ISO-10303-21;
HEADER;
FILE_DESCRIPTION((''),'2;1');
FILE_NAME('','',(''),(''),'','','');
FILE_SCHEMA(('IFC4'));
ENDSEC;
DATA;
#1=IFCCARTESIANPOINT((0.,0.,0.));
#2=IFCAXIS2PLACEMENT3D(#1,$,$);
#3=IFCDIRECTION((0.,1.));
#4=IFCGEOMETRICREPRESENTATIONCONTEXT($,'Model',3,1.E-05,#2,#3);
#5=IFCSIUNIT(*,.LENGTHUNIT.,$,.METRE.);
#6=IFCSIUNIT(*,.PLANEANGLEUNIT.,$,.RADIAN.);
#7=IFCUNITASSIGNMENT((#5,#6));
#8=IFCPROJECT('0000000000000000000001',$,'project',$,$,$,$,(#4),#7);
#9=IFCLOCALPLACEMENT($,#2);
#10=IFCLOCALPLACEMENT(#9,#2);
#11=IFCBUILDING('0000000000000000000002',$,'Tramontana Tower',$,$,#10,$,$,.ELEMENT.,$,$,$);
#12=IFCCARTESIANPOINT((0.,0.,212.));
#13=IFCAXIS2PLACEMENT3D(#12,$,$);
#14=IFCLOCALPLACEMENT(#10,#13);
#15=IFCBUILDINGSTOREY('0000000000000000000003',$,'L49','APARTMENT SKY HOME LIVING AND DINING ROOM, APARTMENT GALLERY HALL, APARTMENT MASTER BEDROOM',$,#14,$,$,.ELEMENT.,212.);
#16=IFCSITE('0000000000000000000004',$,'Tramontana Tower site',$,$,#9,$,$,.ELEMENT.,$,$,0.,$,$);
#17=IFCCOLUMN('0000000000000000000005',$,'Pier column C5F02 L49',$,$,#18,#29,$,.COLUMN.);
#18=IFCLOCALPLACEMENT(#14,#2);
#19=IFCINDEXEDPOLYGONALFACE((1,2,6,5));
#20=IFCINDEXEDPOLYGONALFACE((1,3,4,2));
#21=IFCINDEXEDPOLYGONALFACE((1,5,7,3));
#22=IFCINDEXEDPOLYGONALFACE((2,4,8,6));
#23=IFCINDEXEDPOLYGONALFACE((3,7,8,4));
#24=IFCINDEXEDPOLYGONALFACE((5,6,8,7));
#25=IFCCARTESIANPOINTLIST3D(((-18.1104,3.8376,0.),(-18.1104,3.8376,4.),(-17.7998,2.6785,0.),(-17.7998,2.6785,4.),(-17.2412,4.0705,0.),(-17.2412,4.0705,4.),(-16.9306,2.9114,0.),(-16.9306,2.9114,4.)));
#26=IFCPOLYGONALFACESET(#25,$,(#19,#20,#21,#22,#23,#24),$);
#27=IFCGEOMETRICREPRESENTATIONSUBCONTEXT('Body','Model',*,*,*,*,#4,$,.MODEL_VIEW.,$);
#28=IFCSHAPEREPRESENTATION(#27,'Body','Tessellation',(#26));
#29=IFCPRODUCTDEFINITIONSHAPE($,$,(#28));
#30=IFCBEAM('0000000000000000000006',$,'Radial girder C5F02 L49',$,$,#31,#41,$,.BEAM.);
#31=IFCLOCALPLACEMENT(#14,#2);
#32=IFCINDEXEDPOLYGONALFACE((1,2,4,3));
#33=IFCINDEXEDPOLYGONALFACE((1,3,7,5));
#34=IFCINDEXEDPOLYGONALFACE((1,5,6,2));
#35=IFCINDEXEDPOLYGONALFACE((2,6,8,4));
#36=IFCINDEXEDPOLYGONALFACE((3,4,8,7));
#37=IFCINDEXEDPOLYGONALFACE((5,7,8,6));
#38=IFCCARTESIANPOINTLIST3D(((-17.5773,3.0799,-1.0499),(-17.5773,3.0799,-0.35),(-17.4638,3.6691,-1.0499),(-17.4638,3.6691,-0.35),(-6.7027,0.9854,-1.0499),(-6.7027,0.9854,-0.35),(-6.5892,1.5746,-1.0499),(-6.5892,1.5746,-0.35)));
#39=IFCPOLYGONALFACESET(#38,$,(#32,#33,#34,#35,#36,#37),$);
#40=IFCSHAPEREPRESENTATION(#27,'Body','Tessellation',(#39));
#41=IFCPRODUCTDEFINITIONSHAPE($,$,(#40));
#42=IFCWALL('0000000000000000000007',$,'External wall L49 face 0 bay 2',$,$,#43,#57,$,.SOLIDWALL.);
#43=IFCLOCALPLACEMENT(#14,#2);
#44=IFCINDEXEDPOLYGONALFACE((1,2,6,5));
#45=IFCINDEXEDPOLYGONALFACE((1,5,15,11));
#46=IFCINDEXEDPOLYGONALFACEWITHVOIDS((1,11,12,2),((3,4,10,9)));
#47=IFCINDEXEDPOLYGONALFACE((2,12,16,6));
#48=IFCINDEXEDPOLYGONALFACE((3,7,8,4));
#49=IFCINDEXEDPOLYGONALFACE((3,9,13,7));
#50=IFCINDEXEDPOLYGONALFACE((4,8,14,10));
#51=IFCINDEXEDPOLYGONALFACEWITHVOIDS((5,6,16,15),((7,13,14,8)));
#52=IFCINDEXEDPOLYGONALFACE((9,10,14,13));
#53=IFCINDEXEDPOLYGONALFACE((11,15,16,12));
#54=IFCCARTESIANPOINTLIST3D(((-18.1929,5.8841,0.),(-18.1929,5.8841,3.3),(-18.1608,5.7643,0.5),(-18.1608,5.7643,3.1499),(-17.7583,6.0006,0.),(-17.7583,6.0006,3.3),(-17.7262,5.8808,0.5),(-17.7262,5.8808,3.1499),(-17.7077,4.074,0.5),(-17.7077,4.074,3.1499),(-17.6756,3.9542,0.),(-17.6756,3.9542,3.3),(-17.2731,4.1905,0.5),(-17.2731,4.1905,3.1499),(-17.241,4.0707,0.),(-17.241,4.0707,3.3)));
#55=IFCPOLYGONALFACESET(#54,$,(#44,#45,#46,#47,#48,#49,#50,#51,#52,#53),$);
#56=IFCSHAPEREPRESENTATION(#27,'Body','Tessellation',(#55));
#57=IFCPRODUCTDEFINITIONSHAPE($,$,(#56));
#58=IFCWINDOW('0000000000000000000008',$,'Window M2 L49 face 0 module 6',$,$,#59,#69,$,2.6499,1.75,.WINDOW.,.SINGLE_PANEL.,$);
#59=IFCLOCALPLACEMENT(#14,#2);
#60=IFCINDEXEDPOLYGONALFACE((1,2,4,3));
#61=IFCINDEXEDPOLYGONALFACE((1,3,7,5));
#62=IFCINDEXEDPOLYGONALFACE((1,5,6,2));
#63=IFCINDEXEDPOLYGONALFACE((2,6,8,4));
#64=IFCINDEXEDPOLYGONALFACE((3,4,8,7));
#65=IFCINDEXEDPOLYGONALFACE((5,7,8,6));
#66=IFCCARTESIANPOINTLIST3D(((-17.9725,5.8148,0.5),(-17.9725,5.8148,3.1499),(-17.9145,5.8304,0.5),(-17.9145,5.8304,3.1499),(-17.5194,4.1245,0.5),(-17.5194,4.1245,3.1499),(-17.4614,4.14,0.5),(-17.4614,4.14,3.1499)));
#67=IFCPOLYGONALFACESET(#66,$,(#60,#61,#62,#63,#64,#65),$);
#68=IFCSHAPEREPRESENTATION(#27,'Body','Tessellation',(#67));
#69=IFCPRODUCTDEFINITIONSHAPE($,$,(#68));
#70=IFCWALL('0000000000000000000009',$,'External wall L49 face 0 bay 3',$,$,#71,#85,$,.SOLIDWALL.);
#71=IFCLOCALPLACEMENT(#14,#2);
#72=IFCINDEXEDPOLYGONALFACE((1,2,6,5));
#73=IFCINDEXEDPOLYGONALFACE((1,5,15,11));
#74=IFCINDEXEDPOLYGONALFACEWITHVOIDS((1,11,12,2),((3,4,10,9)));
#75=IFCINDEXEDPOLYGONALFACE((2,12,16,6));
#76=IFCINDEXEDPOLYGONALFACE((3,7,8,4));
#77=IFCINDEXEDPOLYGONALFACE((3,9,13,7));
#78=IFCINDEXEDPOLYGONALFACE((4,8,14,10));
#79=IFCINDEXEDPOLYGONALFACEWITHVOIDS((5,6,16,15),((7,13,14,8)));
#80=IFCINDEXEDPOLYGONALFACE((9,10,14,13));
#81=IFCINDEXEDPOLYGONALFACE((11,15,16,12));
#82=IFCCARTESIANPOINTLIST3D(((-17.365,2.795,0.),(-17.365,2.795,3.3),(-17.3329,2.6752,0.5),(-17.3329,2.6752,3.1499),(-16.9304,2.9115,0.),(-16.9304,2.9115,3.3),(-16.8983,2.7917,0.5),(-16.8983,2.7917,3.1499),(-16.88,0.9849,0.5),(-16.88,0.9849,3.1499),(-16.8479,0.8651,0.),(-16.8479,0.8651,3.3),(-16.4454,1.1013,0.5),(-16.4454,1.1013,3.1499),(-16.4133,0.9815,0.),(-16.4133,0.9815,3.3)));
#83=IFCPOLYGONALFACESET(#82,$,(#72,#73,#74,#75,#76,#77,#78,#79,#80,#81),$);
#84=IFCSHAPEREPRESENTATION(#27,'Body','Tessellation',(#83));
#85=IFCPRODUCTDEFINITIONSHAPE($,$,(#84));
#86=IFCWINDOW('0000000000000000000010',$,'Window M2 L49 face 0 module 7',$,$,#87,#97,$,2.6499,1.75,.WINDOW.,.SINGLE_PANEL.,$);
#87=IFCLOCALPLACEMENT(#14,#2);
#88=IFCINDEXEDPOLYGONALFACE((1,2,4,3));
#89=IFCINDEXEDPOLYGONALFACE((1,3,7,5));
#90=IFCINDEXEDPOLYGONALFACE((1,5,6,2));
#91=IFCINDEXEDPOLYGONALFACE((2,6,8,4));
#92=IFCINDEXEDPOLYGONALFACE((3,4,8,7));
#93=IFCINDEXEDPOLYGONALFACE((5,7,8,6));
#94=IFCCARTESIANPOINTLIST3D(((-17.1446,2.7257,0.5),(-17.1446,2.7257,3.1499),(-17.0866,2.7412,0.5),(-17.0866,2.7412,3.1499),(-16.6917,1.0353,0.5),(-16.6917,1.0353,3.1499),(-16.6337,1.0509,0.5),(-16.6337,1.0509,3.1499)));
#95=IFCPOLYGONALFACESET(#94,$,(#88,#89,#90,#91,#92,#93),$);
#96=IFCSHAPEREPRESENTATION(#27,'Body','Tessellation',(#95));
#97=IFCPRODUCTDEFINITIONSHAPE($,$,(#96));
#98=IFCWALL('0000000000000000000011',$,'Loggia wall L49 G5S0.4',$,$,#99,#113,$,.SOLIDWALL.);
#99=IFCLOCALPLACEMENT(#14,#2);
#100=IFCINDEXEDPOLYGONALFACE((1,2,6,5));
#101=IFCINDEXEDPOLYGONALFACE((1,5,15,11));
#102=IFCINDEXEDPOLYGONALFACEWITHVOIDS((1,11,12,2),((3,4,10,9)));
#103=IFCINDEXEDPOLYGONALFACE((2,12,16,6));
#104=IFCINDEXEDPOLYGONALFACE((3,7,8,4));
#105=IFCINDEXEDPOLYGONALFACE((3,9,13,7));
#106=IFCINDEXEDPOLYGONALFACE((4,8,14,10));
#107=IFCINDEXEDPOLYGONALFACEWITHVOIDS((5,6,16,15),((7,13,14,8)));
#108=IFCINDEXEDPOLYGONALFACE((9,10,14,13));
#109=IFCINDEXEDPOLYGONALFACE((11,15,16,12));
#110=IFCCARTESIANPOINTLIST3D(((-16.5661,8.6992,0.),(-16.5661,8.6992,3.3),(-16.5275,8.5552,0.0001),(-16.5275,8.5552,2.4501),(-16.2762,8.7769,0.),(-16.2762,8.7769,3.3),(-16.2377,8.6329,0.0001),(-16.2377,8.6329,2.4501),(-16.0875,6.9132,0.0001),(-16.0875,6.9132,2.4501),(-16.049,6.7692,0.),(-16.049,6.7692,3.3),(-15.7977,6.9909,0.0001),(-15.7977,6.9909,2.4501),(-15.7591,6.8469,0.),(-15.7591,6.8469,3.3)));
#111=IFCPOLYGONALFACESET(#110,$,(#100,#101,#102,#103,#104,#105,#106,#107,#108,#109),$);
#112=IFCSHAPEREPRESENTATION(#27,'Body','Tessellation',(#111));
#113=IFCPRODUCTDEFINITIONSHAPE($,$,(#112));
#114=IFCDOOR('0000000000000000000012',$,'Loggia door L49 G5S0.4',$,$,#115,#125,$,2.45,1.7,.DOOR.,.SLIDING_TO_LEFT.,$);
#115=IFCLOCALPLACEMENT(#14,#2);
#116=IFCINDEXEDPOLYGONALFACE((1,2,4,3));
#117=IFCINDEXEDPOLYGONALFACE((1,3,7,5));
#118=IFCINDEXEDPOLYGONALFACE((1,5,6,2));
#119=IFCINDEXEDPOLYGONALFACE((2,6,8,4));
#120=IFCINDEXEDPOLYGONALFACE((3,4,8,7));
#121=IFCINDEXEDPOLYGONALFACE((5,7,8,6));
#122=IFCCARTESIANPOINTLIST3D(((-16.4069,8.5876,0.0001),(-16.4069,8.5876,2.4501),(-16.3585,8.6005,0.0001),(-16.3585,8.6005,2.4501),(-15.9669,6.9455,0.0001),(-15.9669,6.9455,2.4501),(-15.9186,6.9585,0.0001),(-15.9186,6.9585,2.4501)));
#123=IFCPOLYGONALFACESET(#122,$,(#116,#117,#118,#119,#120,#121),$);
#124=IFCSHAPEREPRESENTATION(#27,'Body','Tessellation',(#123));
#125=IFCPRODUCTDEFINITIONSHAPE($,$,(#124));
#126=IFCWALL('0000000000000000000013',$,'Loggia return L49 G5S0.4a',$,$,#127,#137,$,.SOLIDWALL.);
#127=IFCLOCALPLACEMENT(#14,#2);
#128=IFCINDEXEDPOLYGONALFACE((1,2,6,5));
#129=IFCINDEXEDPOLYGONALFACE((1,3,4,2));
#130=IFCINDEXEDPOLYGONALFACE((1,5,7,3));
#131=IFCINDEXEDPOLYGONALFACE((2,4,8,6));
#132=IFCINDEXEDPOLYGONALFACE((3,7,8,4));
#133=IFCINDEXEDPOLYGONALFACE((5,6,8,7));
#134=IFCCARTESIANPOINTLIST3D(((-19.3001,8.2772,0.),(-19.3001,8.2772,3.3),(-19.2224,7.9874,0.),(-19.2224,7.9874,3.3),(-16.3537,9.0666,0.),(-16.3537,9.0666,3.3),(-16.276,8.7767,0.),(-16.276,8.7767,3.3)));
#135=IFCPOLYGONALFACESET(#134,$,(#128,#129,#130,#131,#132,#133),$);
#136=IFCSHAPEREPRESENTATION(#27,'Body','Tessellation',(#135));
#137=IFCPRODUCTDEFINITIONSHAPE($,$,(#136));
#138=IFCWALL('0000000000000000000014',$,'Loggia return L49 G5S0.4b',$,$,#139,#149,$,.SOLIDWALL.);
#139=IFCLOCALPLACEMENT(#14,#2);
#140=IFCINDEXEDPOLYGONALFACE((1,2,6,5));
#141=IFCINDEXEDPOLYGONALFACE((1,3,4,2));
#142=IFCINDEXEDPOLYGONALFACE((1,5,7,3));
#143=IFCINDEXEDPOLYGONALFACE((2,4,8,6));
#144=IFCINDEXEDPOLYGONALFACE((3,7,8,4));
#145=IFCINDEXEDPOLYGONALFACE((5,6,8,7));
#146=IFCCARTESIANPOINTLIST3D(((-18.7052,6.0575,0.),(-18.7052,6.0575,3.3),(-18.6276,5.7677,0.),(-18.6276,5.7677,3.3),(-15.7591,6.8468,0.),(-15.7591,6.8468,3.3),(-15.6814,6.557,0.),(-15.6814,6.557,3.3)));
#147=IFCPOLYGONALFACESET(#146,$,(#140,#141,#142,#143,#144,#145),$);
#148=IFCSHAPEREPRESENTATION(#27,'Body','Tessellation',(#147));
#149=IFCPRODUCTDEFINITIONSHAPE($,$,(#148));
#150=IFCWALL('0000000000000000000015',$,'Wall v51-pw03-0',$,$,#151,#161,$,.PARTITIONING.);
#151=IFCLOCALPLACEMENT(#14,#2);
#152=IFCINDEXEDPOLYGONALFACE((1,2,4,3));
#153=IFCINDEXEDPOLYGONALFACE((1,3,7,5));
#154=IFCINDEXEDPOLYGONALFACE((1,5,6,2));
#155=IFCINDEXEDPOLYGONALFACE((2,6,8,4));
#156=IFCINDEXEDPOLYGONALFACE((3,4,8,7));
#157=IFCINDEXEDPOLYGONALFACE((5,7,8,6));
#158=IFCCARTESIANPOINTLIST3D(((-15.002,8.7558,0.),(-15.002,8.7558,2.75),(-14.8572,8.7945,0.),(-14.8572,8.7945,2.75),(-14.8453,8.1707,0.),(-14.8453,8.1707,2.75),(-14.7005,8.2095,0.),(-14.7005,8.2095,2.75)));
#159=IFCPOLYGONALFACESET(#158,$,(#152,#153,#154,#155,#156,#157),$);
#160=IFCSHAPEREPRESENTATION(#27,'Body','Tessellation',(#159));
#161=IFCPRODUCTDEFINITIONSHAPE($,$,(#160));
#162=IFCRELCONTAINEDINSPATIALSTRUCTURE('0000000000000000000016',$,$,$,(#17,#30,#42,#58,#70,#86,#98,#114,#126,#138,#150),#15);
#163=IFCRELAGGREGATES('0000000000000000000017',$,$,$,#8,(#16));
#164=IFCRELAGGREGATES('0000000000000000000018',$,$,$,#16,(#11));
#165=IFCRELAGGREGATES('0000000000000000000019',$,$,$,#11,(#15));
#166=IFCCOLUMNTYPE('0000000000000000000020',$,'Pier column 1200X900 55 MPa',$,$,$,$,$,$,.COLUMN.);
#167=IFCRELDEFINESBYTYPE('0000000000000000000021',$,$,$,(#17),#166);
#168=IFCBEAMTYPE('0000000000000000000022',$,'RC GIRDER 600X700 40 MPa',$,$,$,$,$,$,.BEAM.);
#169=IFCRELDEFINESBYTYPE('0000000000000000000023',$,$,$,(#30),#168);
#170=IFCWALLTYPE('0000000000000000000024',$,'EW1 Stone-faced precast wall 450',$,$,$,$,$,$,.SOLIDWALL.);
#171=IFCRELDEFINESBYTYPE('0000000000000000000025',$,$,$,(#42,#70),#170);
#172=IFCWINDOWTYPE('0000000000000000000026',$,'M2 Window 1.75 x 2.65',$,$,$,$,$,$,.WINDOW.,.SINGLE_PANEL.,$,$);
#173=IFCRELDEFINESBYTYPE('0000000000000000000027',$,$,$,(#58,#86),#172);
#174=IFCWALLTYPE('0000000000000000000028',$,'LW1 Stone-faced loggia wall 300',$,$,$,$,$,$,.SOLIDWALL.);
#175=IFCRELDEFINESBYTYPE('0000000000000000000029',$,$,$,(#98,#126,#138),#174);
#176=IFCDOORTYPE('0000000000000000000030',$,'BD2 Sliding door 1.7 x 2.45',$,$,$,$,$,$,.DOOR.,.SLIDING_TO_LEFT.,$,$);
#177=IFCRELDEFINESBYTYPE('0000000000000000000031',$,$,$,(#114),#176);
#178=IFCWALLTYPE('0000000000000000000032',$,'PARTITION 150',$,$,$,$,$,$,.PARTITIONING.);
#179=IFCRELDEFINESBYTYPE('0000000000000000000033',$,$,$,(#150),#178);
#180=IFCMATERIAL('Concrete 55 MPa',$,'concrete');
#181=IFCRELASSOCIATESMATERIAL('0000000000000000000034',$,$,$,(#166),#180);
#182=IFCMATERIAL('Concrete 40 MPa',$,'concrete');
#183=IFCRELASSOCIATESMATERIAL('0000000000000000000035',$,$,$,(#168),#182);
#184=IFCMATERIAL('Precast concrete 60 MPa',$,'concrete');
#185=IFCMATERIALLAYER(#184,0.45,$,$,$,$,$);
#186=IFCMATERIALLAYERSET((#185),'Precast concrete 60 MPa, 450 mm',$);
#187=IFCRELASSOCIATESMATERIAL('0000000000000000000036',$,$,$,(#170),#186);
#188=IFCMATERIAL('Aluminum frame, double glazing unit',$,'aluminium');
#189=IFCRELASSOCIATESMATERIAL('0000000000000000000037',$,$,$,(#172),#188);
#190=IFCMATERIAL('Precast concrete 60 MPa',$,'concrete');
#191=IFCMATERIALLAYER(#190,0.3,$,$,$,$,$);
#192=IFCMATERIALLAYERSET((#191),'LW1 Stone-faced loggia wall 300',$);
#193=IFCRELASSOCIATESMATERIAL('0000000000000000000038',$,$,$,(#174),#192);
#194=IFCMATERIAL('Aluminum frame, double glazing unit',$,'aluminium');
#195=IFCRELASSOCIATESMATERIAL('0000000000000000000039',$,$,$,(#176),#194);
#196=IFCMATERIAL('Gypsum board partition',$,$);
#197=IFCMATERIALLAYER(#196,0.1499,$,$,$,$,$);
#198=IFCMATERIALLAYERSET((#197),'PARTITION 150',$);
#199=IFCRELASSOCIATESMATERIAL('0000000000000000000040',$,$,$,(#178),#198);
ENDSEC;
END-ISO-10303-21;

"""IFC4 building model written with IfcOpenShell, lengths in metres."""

from ifc_helpers import new_model, si_unit, direction, frame, frame_2d, origin, origin_2d, place, context, subcontext, project, spatial, rectangle, extrude, material, layer, layer_set, material_profile, profile_set, type_object, element, fill, save


model = new_model("IFC4")

# Units and contexts
model_context = context("Model", 3, precision=1e-05, world=origin(), true_north=direction((0.0, 1.0)))
body_context = subcontext(model_context, "Body", "Model", "MODEL_VIEW")
ifc_project = project(units=[si_unit("LENGTHUNIT", "METRE"), si_unit("PLANEANGLEUNIT", "RADIAN")], contexts=[model_context])

# Site, building, storey
site_placement = place(None, origin())
site = spatial("IfcSite", under=ifc_project, at=site_placement, Name="Tramontana Tower site", CompositionType="ELEMENT", RefElevation=0.0)
building_placement = place(site_placement, origin())
building = spatial("IfcBuilding", under=site, at=building_placement, Name="Tramontana Tower", CompositionType="ELEMENT")
storey_placement = place(building_placement, frame((0.0, 0.0, 212.0)))
storey = spatial("IfcBuildingStorey", under=building, at=storey_placement, Name="L49", Description="APARTMENT SKY HOME LIVING AND DINING ROOM, APARTMENT GALLERY HALL, APARTMENT MASTER BEDROOM", CompositionType="ELEMENT", Elevation=212.0)

# Column
ifc_material_1 = material(Name="Concrete 55 MPa", Category="concrete")
ifc_material_profile_1 = material_profile(ifc_material_1, rectangle(XDim=1.2, YDim=0.8999, at=origin_2d()), Name="Pier column 1200X900 55 MPa")
ifc_profile_set_1 = profile_set([ifc_material_profile_1], Name="Concrete 55 MPa")
column_type = type_object("IfcColumnType", Name="Pier column 1200X900 55 MPa", PredefinedType="COLUMN", material=ifc_profile_set_1)
column_placement = place(storey_placement, frame((-17.5205, 3.3745, 0.0), z_axis=(0.0, 0.0, 1.0), x_axis=(0.258819, -0.965926, 0.0)))
element("IfcColumn", 1, at=column_placement, inside=storey, type_object=column_type, Name="Pier column C5F02 L49", PredefinedType="COLUMN", context=body_context, shape_type="SweptSolid", body=[
    extrude(rectangle(XDim=1.2, YDim=0.8999, at=origin_2d()), origin(), (0.0, 0.0, 1.0), 4.0),
])

# Beam
ifc_material_2 = material(Name="Concrete 40 MPa", Category="concrete")
ifc_material_profile_2 = material_profile(ifc_material_2, rectangle(XDim=0.6001, YDim=0.7, at=origin_2d()), Name="RC GIRDER 600X700 40 MPa")
ifc_profile_set_2 = profile_set([ifc_material_profile_2], Name="Concrete 40 MPa")
beam_type = type_object("IfcBeamType", Name="RC GIRDER 600X700 40 MPa", PredefinedType="BEAM", material=ifc_profile_set_2)
beam_placement = place(storey_placement, frame((-17.5205, 3.3745, -0.7), z_axis=(0.981952, -0.189129, 0.0), x_axis=(0.189129, 0.981952, 0.0)))
element("IfcBeam", 2, at=beam_placement, inside=storey, type_object=beam_type, Name="Radial girder C5F02 L49", PredefinedType="BEAM", context=body_context, shape_type="SweptSolid", body=[
    extrude(rectangle(XDim=0.6001, YDim=0.7, at=origin_2d()), origin(), (0.0, 0.0, 1.0), 11.0745),
])

# Walls, openings, windows
ifc_material_3 = material(Name="Precast concrete 60 MPa", Category="concrete")
ifc_layer_1 = layer(ifc_material_3, 0.45)
ifc_layer_set_1 = layer_set([ifc_layer_1], Name="Precast concrete 60 MPa, 450 mm")
wall_type_1 = type_object("IfcWallType", Name="EW1 Stone-faced precast wall 450", PredefinedType="SOLIDWALL", material=ifc_layer_set_1)
wall_1_placement = place(storey_placement, frame((-17.9756, 5.9424, 0.0), z_axis=(0.0, 0.0, 1.0), x_axis=(0.258917, -0.9659, 0.0)))
wall_1 = element("IfcWall", 3, at=wall_1_placement, inside=storey, type_object=wall_type_1, Name="External wall L49 face 0 bay 2", PredefinedType="SOLIDWALL", context=body_context, shape_type="SweptSolid", body=[
    extrude(rectangle(XDim=1.998, YDim=0.45, at=frame_2d((0.999, 0.0))), origin(), (0.0, 0.0, 1.0), 3.3),
])
opening_1_placement = place(wall_1_placement, frame((0.124, 0.0, 0.5)))
opening_1 = element("IfcOpeningElement", 4, at=opening_1_placement, cuts=wall_1, PredefinedType="OPENING", context=body_context, shape_type="SweptSolid", body=[
    extrude(rectangle(XDim=1.75, YDim=2.6499, at=frame_2d((0.875, 1.325))), frame((0.0, 0.2349, 0.0), z_axis=(0.0, -1.0, 0.0), x_axis=(1.0, 0.0, 0.0)), (0.0, 0.0, 1.0), 0.47),
])
ifc_material_4 = material(Name="Aluminum frame, double glazing unit", Category="aluminium")
window_type = type_object("IfcWindowType", Name="M2 Window 1.75 x 2.65", PartitioningType="SINGLE_PANEL", PredefinedType="WINDOW", material=ifc_material_4)
window_1_placement = place(opening_1_placement, origin())
window_1 = element("IfcWindow", 5, at=window_1_placement, inside=storey, type_object=window_type, Name="Window M2 L49 face 0 module 6", OverallHeight=2.6499, OverallWidth=1.75, PartitioningType="SINGLE_PANEL", PredefinedType="WINDOW", context=body_context, shape_type="SweptSolid", body=[
    extrude(rectangle(XDim=1.75, YDim=2.6499, at=frame_2d((0.875, 1.325))), frame((0.0, 0.03, 0.0), z_axis=(0.0, -1.0, 0.0), x_axis=(1.0, 0.0, 0.0)), (0.0, 0.0, 1.0), 0.0601),
])
fill(opening_1, window_1)
wall_2_placement = place(storey_placement, frame((-17.1477, 2.8533, 0.0), z_axis=(0.0, 0.0, 1.0), x_axis=(0.258803, -0.96593, 0.0)))
wall_2 = element("IfcWall", 6, at=wall_2_placement, inside=storey, type_object=wall_type_1, Name="External wall L49 face 0 bay 3", PredefinedType="SOLIDWALL", context=body_context, shape_type="SweptSolid", body=[
    extrude(rectangle(XDim=1.998, YDim=0.45, at=frame_2d((0.999, 0.0))), origin(), (0.0, 0.0, 1.0), 3.3),
])
opening_2_placement = place(wall_2_placement, frame((0.124, 0.0, 0.5)))
opening_2 = element("IfcOpeningElement", 7, at=opening_2_placement, cuts=wall_2, PredefinedType="OPENING", context=body_context, shape_type="SweptSolid", body=[
    extrude(rectangle(XDim=1.75, YDim=2.6499, at=frame_2d((0.875, 1.325))), frame((0.0, 0.2349, 0.0), z_axis=(0.0, -1.0, 0.0), x_axis=(1.0, 0.0, 0.0)), (0.0, 0.0, 1.0), 0.47),
])
window_2_placement = place(opening_2_placement, origin())
window_2 = element("IfcWindow", 8, at=window_2_placement, inside=storey, type_object=window_type, Name="Window M2 L49 face 0 module 7", OverallHeight=2.6499, OverallWidth=1.75, PartitioningType="SINGLE_PANEL", PredefinedType="WINDOW", context=body_context, shape_type="SweptSolid", body=[
    extrude(rectangle(XDim=1.75, YDim=2.6499, at=frame_2d((0.875, 1.325))), frame((0.0, 0.03, 0.0), z_axis=(0.0, -1.0, 0.0), x_axis=(1.0, 0.0, 0.0)), (0.0, 0.0, 1.0), 0.0601),
])
fill(opening_2, window_2)

# Wall, opening, door
ifc_material_5 = material(Name="Precast concrete 60 MPa", Category="concrete")
ifc_layer_2 = layer(ifc_material_5, 0.3)
ifc_layer_set_2 = layer_set([ifc_layer_2], Name="LW1 Stone-faced loggia wall 300")
wall_type_2 = type_object("IfcWallType", Name="LW1 Stone-faced loggia wall 300", PredefinedType="SOLIDWALL", material=ifc_layer_set_2)
wall_3_placement = place(storey_placement, frame((-16.4211, 8.738, 0.0), z_axis=(0.0, 0.0, 1.0), x_axis=(0.258803, -0.96593, 0.0)))
wall_3 = element("IfcWall", 9, at=wall_3_placement, inside=storey, type_object=wall_type_2, Name="Loggia wall L49 G5S0.4", PredefinedType="SOLIDWALL", context=body_context, shape_type="SweptSolid", body=[
    extrude(rectangle(XDim=1.998, YDim=0.3, at=frame_2d((0.999, 0.0))), origin(), (0.0, 0.0, 1.0), 3.3),
])
opening_3_placement = place(wall_3_placement, frame((0.1489, 0.0, 0.0)))
opening_3 = element("IfcOpeningElement", 10, at=opening_3_placement, cuts=wall_3, PredefinedType="OPENING", context=body_context, shape_type="SweptSolid", body=[
    extrude(rectangle(XDim=1.7, YDim=2.45, at=frame_2d((0.8501, 1.2251))), frame((0.0, 0.1599, 0.0), z_axis=(0.0, -1.0, 0.0), x_axis=(1.0, 0.0, 0.0)), (0.0, 0.0, 1.0), 0.3201),
])
ifc_material_6 = material(Name="Aluminum frame, double glazing unit", Category="aluminium")
door_type = type_object("IfcDoorType", Name="BD2 Sliding door 1.7 x 2.45", OperationType="SLIDING_TO_LEFT", PredefinedType="DOOR", material=ifc_material_6)
door_placement = place(opening_3_placement, origin())
door = element("IfcDoor", 11, at=door_placement, inside=storey, type_object=door_type, Name="Loggia door L49 G5S0.4", OperationType="SLIDING_TO_LEFT", OverallHeight=2.45, OverallWidth=1.7, PredefinedType="DOOR", context=body_context, shape_type="SweptSolid", body=[
    extrude(rectangle(XDim=1.7, YDim=2.45, at=frame_2d((0.8501, 1.2251))), frame((0.0, 0.0249, 0.0), z_axis=(0.0, -1.0, 0.0), x_axis=(1.0, 0.0, 0.0)), (0.0, 0.0, 1.0), 0.05),
])
fill(opening_3, door)

# Walls
wall_4_placement = place(storey_placement, frame((-19.2612, 8.1323, 0.0), z_axis=(0.0, 0.0, 1.0), x_axis=(0.965938, 0.258773, 0.0)))
element("IfcWall", 12, at=wall_4_placement, inside=storey, type_object=wall_type_2, Name="Loggia return L49 G5S0.4a", PredefinedType="SOLIDWALL", context=body_context, shape_type="SweptSolid", body=[
    extrude(rectangle(XDim=3.0503, YDim=0.3, at=frame_2d((1.5251, 0.0))), origin(), (0.0, 0.0, 1.0), 3.3),
])
wall_5_placement = place(storey_placement, frame((-18.6663, 5.9126, 0.0), z_axis=(0.0, 0.0, 1.0), x_axis=(0.965933, 0.258793, 0.0)))
element("IfcWall", 13, at=wall_5_placement, inside=storey, type_object=wall_type_2, Name="Loggia return L49 G5S0.4b", PredefinedType="SOLIDWALL", context=body_context, shape_type="SweptSolid", body=[
    extrude(rectangle(XDim=3.05, YDim=0.3, at=frame_2d((1.5249, 0.0))), origin(), (0.0, 0.0, 1.0), 3.3),
])
ifc_material_7 = material(Name="Gypsum board partition")
ifc_layer_3 = layer(ifc_material_7, 0.1499)
ifc_layer_set_3 = layer_set([ifc_layer_3], Name="PARTITION 150")
wall_type_3 = type_object("IfcWallType", Name="PARTITION 150", PredefinedType="PARTITIONING", material=ifc_layer_set_3)
wall_6_placement = place(storey_placement, frame((-14.7729, 8.1902, 0.0), z_axis=(0.0, 0.0, 1.0), x_axis=(-0.258716, 0.965953, 0.0)))
element("IfcWall", 14, at=wall_6_placement, inside=storey, type_object=wall_type_3, Name="Wall v51-pw03-0", PredefinedType="PARTITIONING", context=body_context, shape_type="SweptSolid", body=[
    extrude(rectangle(XDim=0.6057, YDim=0.1499, at=frame_2d((0.3027, 0.0))), origin(), (0.0, 0.0, 1.0), 2.75),
])

save(model, "model.ifc")
